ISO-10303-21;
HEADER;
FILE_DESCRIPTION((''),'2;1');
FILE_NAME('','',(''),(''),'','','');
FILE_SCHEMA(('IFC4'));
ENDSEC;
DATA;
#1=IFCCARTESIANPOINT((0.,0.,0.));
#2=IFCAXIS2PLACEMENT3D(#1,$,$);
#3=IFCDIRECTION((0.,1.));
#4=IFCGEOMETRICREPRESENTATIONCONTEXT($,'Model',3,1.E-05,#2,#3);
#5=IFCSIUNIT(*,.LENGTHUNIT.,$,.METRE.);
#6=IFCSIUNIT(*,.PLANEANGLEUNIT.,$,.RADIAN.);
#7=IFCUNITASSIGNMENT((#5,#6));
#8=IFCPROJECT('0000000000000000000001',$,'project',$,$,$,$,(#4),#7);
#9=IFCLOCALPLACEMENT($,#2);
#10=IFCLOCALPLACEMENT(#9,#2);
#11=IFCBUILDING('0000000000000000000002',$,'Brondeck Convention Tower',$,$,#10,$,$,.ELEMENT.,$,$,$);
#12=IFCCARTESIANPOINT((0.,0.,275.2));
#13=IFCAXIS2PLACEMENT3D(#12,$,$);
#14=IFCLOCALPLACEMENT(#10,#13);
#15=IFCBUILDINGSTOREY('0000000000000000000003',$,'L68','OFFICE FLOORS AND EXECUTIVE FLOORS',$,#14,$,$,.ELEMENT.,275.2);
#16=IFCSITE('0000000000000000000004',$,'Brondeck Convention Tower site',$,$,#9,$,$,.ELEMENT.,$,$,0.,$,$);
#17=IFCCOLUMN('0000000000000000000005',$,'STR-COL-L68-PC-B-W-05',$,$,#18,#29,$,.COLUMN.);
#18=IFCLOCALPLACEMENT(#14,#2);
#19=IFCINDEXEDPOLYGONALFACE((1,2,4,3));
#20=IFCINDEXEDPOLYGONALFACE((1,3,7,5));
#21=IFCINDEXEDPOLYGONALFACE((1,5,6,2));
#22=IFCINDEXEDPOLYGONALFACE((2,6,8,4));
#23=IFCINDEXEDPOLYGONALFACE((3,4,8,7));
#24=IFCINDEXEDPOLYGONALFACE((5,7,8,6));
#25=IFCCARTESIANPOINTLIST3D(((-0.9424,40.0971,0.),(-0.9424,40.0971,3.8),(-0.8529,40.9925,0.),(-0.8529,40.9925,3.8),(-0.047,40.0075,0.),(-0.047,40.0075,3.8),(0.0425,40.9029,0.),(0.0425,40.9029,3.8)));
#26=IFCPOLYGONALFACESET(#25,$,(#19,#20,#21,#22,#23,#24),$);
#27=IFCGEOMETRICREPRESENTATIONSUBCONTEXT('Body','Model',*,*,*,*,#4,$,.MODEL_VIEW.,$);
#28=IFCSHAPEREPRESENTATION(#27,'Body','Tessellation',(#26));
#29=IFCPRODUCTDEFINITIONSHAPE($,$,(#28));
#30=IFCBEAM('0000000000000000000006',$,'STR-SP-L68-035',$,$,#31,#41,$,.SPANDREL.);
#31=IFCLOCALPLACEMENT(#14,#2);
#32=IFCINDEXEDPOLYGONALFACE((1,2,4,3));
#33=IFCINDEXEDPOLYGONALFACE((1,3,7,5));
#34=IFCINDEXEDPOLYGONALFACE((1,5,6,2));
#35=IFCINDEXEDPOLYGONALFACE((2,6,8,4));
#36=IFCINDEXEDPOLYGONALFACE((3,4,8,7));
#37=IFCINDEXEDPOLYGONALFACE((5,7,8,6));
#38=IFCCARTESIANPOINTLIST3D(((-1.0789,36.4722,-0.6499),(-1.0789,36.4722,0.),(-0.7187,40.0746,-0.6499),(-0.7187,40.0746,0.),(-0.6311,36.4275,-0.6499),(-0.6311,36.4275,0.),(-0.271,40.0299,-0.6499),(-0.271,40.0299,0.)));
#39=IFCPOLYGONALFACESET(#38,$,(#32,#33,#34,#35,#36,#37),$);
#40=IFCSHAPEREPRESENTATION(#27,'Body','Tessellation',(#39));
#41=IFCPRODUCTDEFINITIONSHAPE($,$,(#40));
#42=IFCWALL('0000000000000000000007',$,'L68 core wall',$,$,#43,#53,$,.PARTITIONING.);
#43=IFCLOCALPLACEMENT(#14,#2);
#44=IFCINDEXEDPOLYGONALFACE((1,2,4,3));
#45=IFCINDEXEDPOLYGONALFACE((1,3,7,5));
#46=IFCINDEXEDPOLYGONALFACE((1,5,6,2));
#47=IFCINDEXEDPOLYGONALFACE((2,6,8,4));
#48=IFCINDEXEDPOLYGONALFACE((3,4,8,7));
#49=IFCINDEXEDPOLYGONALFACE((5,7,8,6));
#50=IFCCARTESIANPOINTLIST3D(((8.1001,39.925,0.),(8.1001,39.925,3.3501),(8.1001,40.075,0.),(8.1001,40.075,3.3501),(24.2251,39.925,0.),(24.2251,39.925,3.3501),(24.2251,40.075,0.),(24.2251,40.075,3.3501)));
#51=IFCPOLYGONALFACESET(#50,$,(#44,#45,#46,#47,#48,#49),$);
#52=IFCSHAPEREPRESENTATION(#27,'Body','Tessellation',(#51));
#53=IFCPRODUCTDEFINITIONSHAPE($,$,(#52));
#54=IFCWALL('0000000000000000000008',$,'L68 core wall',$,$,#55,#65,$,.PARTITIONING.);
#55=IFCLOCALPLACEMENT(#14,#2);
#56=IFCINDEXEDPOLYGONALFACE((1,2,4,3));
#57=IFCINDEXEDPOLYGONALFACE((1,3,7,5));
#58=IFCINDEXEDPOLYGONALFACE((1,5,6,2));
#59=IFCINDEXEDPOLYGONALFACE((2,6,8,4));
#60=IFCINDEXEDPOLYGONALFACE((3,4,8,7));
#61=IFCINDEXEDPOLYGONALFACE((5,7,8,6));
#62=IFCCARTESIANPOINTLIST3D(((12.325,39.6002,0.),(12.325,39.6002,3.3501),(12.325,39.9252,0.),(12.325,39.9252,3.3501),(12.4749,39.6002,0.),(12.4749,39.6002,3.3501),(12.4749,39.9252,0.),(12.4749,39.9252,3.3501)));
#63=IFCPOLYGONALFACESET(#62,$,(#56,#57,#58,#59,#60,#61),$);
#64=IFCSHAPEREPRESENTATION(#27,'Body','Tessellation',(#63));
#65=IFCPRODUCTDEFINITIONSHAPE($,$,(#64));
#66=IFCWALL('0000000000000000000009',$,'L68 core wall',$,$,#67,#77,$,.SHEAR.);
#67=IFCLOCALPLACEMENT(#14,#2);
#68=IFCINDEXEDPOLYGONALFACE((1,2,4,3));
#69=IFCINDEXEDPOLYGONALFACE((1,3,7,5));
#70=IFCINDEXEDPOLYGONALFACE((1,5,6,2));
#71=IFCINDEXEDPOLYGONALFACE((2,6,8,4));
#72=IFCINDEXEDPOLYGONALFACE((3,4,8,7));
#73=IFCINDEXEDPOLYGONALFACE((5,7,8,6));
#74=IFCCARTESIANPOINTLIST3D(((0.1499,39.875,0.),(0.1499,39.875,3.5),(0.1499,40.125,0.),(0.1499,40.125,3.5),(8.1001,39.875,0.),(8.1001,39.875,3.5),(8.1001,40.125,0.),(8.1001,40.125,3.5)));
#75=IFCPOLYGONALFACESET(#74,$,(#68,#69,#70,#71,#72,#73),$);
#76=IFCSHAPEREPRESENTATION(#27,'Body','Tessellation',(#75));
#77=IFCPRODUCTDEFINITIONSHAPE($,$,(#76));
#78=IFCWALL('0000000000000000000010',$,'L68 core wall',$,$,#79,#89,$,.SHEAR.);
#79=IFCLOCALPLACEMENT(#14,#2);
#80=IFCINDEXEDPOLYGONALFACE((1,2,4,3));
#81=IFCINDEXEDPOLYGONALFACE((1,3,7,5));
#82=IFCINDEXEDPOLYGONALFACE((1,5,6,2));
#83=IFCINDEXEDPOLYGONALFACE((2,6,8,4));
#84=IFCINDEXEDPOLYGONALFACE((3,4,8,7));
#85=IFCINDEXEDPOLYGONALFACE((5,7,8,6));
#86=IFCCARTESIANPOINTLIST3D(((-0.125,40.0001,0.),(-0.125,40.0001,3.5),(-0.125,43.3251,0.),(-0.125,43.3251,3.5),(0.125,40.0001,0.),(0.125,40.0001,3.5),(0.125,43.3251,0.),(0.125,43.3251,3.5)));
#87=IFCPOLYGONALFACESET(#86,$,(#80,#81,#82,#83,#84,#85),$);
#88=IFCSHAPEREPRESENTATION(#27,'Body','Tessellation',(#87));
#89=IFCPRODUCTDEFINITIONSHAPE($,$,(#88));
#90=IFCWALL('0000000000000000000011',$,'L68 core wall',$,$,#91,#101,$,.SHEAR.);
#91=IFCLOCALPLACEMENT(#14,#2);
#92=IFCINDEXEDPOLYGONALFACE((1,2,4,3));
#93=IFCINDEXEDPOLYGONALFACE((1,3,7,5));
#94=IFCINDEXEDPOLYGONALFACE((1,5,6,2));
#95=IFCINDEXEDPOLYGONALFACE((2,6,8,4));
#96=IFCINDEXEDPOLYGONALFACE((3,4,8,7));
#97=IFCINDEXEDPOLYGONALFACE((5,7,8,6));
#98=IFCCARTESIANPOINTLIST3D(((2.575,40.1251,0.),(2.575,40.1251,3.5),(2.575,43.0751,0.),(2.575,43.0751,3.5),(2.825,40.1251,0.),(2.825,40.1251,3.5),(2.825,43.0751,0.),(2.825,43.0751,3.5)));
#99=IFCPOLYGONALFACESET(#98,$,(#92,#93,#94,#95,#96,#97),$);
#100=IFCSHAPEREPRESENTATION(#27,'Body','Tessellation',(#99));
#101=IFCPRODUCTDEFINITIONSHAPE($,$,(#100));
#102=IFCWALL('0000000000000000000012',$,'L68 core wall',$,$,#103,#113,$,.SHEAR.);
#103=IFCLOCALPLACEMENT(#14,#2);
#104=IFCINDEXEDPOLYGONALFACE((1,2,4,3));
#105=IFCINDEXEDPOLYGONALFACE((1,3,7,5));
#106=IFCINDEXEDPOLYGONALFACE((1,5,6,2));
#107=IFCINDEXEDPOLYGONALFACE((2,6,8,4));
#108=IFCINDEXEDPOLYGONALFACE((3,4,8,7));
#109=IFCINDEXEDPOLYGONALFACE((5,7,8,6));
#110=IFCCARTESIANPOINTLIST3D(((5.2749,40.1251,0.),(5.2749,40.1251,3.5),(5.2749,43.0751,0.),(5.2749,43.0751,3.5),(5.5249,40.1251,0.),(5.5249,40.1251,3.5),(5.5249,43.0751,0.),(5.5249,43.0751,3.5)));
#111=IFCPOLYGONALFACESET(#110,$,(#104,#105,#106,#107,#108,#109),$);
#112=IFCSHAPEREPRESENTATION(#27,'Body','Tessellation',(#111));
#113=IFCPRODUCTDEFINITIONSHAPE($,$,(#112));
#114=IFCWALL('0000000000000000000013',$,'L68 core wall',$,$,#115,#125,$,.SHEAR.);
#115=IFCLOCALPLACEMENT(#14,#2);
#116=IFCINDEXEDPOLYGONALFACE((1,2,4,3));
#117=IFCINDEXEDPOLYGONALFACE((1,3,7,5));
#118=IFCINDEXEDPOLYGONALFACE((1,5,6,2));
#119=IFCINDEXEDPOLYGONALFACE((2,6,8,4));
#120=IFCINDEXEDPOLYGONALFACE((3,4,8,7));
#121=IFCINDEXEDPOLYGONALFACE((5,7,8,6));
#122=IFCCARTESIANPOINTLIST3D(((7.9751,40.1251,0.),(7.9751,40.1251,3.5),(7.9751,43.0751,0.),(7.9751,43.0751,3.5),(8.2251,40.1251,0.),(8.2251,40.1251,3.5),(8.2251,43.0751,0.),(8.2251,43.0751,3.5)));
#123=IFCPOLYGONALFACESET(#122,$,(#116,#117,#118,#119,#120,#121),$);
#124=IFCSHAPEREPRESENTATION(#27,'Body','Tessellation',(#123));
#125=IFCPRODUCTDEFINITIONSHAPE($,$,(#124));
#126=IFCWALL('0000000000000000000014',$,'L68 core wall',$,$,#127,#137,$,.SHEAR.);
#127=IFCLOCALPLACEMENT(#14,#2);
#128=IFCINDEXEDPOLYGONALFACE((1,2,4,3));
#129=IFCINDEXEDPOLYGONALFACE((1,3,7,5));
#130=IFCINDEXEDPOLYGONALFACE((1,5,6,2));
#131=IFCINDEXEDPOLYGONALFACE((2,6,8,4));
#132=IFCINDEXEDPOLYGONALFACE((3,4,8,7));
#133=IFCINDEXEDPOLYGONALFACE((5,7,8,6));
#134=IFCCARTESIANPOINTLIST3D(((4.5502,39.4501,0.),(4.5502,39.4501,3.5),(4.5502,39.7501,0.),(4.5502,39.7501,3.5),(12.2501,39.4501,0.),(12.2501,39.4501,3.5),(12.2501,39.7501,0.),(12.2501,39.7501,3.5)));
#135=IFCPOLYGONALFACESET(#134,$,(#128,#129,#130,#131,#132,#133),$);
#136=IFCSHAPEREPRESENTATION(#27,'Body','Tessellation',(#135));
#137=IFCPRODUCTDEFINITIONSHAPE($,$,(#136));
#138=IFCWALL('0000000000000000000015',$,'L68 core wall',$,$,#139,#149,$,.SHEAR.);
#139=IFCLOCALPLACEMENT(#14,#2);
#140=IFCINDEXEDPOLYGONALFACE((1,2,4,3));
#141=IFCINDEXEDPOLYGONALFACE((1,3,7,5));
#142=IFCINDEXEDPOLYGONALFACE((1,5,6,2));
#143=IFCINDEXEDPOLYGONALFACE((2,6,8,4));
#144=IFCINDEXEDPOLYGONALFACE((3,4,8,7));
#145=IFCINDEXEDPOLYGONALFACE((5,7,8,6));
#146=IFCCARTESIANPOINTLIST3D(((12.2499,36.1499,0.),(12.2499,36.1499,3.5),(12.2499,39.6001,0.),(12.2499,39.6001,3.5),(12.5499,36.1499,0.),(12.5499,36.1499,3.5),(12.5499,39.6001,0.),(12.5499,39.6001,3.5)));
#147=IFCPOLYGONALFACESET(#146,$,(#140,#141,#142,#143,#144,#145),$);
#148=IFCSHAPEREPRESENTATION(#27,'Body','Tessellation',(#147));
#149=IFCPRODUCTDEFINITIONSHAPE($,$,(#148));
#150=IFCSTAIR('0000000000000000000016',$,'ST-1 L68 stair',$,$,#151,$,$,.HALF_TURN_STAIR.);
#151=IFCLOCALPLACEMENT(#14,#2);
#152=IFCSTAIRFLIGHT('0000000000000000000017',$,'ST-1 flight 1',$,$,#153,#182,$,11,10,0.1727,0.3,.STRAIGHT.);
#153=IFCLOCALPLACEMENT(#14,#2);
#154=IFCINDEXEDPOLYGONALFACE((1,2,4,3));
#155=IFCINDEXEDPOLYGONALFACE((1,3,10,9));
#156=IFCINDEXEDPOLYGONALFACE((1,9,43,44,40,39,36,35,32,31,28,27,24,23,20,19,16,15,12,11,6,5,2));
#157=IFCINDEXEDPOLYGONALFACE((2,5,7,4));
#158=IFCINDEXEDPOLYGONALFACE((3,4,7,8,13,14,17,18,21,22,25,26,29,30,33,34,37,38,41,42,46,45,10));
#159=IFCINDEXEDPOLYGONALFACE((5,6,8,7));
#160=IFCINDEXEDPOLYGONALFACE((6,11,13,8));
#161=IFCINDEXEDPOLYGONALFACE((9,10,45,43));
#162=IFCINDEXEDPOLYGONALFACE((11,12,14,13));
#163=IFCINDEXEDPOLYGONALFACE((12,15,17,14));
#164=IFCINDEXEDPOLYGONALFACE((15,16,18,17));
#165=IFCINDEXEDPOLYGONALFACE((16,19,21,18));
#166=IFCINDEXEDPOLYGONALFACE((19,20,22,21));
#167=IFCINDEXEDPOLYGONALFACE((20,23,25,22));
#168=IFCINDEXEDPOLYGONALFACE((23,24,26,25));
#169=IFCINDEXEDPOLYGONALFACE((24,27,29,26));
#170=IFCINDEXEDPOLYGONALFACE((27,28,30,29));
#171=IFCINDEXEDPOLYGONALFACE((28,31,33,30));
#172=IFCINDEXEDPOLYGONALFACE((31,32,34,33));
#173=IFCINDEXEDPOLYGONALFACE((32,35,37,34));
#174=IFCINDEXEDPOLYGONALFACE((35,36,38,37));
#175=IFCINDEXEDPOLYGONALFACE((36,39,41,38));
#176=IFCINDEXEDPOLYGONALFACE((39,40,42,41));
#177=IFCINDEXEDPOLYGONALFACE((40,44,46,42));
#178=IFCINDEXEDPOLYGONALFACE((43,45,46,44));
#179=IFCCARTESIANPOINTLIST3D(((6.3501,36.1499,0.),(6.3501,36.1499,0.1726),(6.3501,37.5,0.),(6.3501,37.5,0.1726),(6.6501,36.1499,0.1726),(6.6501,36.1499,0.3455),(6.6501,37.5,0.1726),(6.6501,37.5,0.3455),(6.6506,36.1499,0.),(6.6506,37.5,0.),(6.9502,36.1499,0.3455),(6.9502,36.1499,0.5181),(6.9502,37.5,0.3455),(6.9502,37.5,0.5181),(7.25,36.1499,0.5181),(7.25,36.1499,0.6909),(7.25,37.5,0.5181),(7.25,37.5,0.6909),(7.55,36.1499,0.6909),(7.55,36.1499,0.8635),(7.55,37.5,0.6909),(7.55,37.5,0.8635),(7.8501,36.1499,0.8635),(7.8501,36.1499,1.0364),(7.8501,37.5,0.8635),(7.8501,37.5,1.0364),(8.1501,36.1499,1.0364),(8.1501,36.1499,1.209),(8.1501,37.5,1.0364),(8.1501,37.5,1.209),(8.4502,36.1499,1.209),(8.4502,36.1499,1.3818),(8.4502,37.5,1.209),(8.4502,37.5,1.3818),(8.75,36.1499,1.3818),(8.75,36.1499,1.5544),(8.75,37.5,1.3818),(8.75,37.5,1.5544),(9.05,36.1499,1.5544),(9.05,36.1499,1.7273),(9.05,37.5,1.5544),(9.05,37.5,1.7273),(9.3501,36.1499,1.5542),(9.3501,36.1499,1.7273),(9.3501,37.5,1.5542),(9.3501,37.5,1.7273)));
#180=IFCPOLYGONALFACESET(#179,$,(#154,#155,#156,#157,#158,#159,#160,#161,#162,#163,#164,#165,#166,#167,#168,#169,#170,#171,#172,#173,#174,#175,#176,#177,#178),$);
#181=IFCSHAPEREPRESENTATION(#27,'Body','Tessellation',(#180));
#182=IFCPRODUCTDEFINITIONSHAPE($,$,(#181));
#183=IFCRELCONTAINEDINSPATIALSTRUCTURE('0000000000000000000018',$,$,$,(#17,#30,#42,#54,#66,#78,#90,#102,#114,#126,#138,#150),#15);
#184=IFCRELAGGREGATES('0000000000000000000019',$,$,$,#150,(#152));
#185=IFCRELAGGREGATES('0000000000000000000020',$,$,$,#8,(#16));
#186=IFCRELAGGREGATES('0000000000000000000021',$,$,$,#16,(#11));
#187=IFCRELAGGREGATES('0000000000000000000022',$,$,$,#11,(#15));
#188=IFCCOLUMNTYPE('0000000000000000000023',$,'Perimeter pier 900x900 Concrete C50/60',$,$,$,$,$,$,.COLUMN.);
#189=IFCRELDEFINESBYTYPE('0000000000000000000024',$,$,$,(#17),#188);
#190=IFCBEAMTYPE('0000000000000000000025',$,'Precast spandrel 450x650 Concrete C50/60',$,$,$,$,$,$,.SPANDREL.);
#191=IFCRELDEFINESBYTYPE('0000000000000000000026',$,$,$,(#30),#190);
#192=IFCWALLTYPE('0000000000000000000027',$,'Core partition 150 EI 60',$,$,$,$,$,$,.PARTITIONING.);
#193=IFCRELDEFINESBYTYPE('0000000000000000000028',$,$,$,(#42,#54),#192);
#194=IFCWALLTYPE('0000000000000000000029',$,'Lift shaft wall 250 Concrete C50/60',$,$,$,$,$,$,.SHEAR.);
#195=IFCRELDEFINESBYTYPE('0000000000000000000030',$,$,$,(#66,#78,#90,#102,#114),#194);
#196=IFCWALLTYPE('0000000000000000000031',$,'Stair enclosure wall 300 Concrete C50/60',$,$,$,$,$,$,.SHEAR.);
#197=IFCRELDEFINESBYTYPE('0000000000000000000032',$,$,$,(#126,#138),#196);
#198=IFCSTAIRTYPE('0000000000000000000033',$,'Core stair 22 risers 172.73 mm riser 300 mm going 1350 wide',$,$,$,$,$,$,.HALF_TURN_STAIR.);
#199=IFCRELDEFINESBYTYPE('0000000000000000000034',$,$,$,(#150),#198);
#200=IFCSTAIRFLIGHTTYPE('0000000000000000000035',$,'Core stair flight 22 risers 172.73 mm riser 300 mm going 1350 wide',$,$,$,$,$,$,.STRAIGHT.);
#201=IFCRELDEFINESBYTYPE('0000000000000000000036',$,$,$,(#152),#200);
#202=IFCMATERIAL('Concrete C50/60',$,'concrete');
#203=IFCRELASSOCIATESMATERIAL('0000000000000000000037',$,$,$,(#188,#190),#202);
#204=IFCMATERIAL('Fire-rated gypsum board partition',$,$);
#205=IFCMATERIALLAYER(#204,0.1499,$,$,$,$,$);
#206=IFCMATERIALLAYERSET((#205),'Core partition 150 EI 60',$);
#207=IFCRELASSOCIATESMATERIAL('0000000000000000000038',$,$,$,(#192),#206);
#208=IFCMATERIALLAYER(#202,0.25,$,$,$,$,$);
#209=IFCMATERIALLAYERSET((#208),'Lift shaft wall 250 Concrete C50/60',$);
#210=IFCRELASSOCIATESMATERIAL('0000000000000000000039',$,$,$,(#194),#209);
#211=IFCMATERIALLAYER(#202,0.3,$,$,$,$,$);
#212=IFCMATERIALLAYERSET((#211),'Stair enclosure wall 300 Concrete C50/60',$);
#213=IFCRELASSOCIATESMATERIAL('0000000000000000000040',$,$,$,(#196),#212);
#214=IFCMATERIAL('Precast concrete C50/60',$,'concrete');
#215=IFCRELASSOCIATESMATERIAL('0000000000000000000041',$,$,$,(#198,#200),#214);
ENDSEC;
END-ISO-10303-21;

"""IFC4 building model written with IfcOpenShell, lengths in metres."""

from ifc_helpers import new_model, si_unit, direction, frame, frame_2d, origin, origin_2d, place, context, subcontext, project, spatial, polyline, rectangle, outline, extrude, material, layer, layer_set, material_profile, profile_set, type_object, element, aggregate, save


model = new_model("IFC4")

# Units and contexts
model_context = context("Model", 3, precision=1e-05, world=origin(), true_north=direction((0.0, 1.0)))
body_context = subcontext(model_context, "Body", "Model", "MODEL_VIEW")
ifc_project = project(units=[si_unit("LENGTHUNIT", "METRE"), si_unit("PLANEANGLEUNIT", "RADIAN")], contexts=[model_context])

# Site, building, storey
site_placement = place(None, origin())
site = spatial("IfcSite", under=ifc_project, at=site_placement, Name="Brondeck Convention Tower site", CompositionType="ELEMENT", RefElevation=0.0)
building_placement = place(site_placement, origin())
building = spatial("IfcBuilding", under=site, at=building_placement, Name="Brondeck Convention Tower", CompositionType="ELEMENT")
storey_placement = place(building_placement, frame((0.0, 0.0, 275.2)))
storey = spatial("IfcBuildingStorey", under=building, at=storey_placement, Name="L68", Description="OFFICE FLOORS AND EXECUTIVE FLOORS", CompositionType="ELEMENT", Elevation=275.2)

# Column
ifc_material_1 = material(Name="Concrete C50/60", Category="concrete")
ifc_material_profile_1 = material_profile(ifc_material_1, rectangle(XDim=0.8999, YDim=0.8999, at=origin_2d()), Name="Perimeter pier 900x900 Concrete C50/60")
ifc_profile_set_1 = profile_set([ifc_material_profile_1], Name="Concrete C50/60")
column_type = type_object("IfcColumnType", Name="Perimeter pier 900x900 Concrete C50/60", PredefinedType="COLUMN", material=ifc_profile_set_1)
column_placement = place(storey_placement, frame((-0.45, 40.5, 0.0), z_axis=(0.0, 0.0, 1.0), x_axis=(-0.099504, -0.995037, 0.0)))
element("IfcColumn", 1, at=column_placement, inside=storey, type_object=column_type, Name="STR-COL-L68-PC-B-W-05", PredefinedType="COLUMN", context=body_context, shape_type="SweptSolid", body=[
    extrude(rectangle(XDim=0.8999, YDim=0.8999, at=origin_2d()), origin(), (0.0, 0.0, 1.0), 3.8),
])

# Beam
ifc_material_profile_2 = material_profile(ifc_material_1, rectangle(XDim=0.45, YDim=0.6499, at=origin_2d()), Name="Precast spandrel 450x650 Concrete C50/60")
ifc_profile_set_2 = profile_set([ifc_material_profile_2], Name="Concrete C50/60")
beam_type = type_object("IfcBeamType", Name="Precast spandrel 450x650 Concrete C50/60", PredefinedType="SPANDREL", material=ifc_profile_set_2)
beam_placement = place(storey_placement, frame((-0.4949, 40.0522, -0.325), z_axis=(-0.09947, -0.995041, 0.0), x_axis=(0.995041, -0.09947, 0.0)))
element("IfcBeam", 2, at=beam_placement, inside=storey, type_object=beam_type, Name="STR-SP-L68-035", PredefinedType="SPANDREL", context=body_context, shape_type="SweptSolid", body=[
    extrude(rectangle(XDim=0.45, YDim=0.6499, at=origin_2d()), origin(), (0.0, 0.0, 1.0), 3.6204),
])

# Walls
ifc_material_2 = material(Name="Fire-rated gypsum board partition")
ifc_layer_1 = layer(ifc_material_2, 0.1499)
ifc_layer_set_1 = layer_set([ifc_layer_1], Name="Core partition 150 EI 60")
wall_type_1 = type_object("IfcWallType", Name="Core partition 150 EI 60", PredefinedType="PARTITIONING", material=ifc_layer_set_1)
wall_1_placement = place(storey_placement, frame((8.1001, 40.0, 0.0), z_axis=(0.0, 0.0, 1.0), x_axis=(1.0, 0.0, 0.0)))
element("IfcWall", 3, at=wall_1_placement, inside=storey, type_object=wall_type_1, Name="L68 core wall", PredefinedType="PARTITIONING", context=body_context, shape_type="SweptSolid", body=[
    extrude(rectangle(XDim=16.125, YDim=0.1499, at=frame_2d((8.0625, 0.0))), origin(), (0.0, 0.0, 1.0), 3.3501),
])
wall_2_placement = place(storey_placement, frame((12.3999, 39.6001, 0.0), z_axis=(0.0, 0.0, 1.0), x_axis=(0.0, 1.0, 0.0)))
element("IfcWall", 4, at=wall_2_placement, inside=storey, type_object=wall_type_1, Name="L68 core wall", PredefinedType="PARTITIONING", context=body_context, shape_type="SweptSolid", body=[
    extrude(rectangle(XDim=0.325, YDim=0.1499, at=frame_2d((0.1626, 0.0))), origin(), (0.0, 0.0, 1.0), 3.3501),
])
ifc_layer_2 = layer(ifc_material_1, 0.25)
ifc_layer_set_2 = layer_set([ifc_layer_2], Name="Lift shaft wall 250 Concrete C50/60")
wall_type_2 = type_object("IfcWallType", Name="Lift shaft wall 250 Concrete C50/60", PredefinedType="SHEAR", material=ifc_layer_set_2)
wall_3_placement = place(storey_placement, frame((0.1499, 40.0, 0.0), z_axis=(0.0, 0.0, 1.0), x_axis=(1.0, 0.0, 0.0)))
element("IfcWall", 5, at=wall_3_placement, inside=storey, type_object=wall_type_2, Name="L68 core wall", PredefinedType="SHEAR", context=body_context, shape_type="SweptSolid", body=[
    extrude(rectangle(XDim=7.9502, YDim=0.25, at=frame_2d((3.9751, 0.0))), origin(), (0.0, 0.0, 1.0), 3.5),
])
wall_4_placement = place(storey_placement, frame((0.0, 40.0, 0.0), z_axis=(0.0, 0.0, 1.0), x_axis=(0.0, 1.0, 0.0)))
element("IfcWall", 6, at=wall_4_placement, inside=storey, type_object=wall_type_2, Name="L68 core wall", PredefinedType="SHEAR", context=body_context, shape_type="SweptSolid", body=[
    extrude(rectangle(XDim=3.325, YDim=0.25, at=frame_2d((1.6626, 0.0))), origin(), (0.0, 0.0, 1.0), 3.5),
])
for number, where, z_axis, x_axis, name in (
    (7, (2.7, 40.125, 0.0), (0.0, 0.0, 1.0), (0.0, 1.0, 0.0), "L68 core wall"),
    (8, (5.3999, 40.125, 0.0), (0.0, 0.0, 1.0), (0.0, 1.0, 0.0), "L68 core wall"),
    (9, (8.1001, 40.125, 0.0), (0.0, 0.0, 1.0), (0.0, 1.0, 0.0), "L68 core wall"),
):
    element("IfcWall", number, at=place(storey_placement, frame(where, z_axis=z_axis, x_axis=x_axis)), inside=storey, type_object=wall_type_2, Name=name, PredefinedType="SHEAR", context=body_context, shape_type="SweptSolid", body=[
        extrude(rectangle(XDim=2.95, YDim=0.25, at=frame_2d((1.4751, 0.0))), origin(), (0.0, 0.0, 1.0), 3.5),
    ])
ifc_layer_3 = layer(ifc_material_1, 0.3)
ifc_layer_set_3 = layer_set([ifc_layer_3], Name="Stair enclosure wall 300 Concrete C50/60")
wall_type_3 = type_object("IfcWallType", Name="Stair enclosure wall 300 Concrete C50/60", PredefinedType="SHEAR", material=ifc_layer_set_3)
wall_5_placement = place(storey_placement, frame((4.55, 39.6001, 0.0), z_axis=(0.0, 0.0, 1.0), x_axis=(1.0, 0.0, 0.0)))
element("IfcWall", 10, at=wall_5_placement, inside=storey, type_object=wall_type_3, Name="L68 core wall", PredefinedType="SHEAR", context=body_context, shape_type="SweptSolid", body=[
    extrude(rectangle(XDim=7.7, YDim=0.3, at=frame_2d((3.8501, 0.0))), origin(), (0.0, 0.0, 1.0), 3.5),
])
wall_6_placement = place(storey_placement, frame((12.3999, 36.1499, 0.0), z_axis=(0.0, 0.0, 1.0), x_axis=(0.0, 1.0, 0.0)))
element("IfcWall", 11, at=wall_6_placement, inside=storey, type_object=wall_type_3, Name="L68 core wall", PredefinedType="SHEAR", context=body_context, shape_type="SweptSolid", body=[
    extrude(rectangle(XDim=3.4502, YDim=0.3, at=frame_2d((1.7251, 0.0))), origin(), (0.0, 0.0, 1.0), 3.5),
])

# Stair, stair flight
ifc_material_3 = material(Name="Precast concrete C50/60", Category="concrete")
stair_type = type_object("IfcStairType", Name="Core stair 22 risers 172.73 mm riser 300 mm going 1350 wide", PredefinedType="HALF_TURN_STAIR", material=ifc_material_3)
stair_placement = place(storey_placement, origin())
stair = element("IfcStair", 12, at=stair_placement, inside=storey, type_object=stair_type, Name="ST-1 L68 stair", PredefinedType="HALF_TURN_STAIR")
stair_flight_type = type_object("IfcStairFlightType", Name="Core stair flight 22 risers 172.73 mm riser 300 mm going 1350 wide", PredefinedType="STRAIGHT", material=ifc_material_3)
stair_flight_1_placement = place(storey_placement, frame((6.3501, 36.825, 0.0), z_axis=(0.0, 0.0, 1.0), x_axis=(1.0, 0.0, 0.0)))
stair_flight_1 = element("IfcStairFlight", 13, at=stair_flight_1_placement, type_object=stair_flight_type, Name="ST-1 flight 1", NumberOfRisers=11, NumberOfTreads=10, PredefinedType="STRAIGHT", RiserHeight=0.1727, TreadLength=0.3, context=body_context, shape_type="SweptSolid", body=[
    extrude(outline(polyline([(0.0, 0.0), (0.0, 0.1726), (0.3, 0.1726), (0.3, 0.3455), (0.6001, 0.3455), (0.6001, 0.5181), (0.8999, 0.5181), (0.8999, 0.6909), (1.2, 0.6909), (1.2, 0.8635), (1.5, 0.8635), (1.5, 1.0364), (1.8, 1.0364), (1.8, 1.209), (2.1001, 1.209), (2.1001, 1.3818), (2.3999, 1.3818), (2.3999, 1.5544), (2.7, 1.5544), (2.7, 1.7273), (3.0, 1.7273), (3.0, 1.8999), (3.0, 1.5542), (0.3005, 0.0), (0.0, 0.0)])), frame((0.0, 0.675, 0.0), z_axis=(0.0, -1.0, 0.0), x_axis=(1.0, 0.0, 0.0)), (0.0, 0.0, 1.0), 1.3501),
])
aggregate(stair, [stair_flight_1])

save(model, "model.ifc")
